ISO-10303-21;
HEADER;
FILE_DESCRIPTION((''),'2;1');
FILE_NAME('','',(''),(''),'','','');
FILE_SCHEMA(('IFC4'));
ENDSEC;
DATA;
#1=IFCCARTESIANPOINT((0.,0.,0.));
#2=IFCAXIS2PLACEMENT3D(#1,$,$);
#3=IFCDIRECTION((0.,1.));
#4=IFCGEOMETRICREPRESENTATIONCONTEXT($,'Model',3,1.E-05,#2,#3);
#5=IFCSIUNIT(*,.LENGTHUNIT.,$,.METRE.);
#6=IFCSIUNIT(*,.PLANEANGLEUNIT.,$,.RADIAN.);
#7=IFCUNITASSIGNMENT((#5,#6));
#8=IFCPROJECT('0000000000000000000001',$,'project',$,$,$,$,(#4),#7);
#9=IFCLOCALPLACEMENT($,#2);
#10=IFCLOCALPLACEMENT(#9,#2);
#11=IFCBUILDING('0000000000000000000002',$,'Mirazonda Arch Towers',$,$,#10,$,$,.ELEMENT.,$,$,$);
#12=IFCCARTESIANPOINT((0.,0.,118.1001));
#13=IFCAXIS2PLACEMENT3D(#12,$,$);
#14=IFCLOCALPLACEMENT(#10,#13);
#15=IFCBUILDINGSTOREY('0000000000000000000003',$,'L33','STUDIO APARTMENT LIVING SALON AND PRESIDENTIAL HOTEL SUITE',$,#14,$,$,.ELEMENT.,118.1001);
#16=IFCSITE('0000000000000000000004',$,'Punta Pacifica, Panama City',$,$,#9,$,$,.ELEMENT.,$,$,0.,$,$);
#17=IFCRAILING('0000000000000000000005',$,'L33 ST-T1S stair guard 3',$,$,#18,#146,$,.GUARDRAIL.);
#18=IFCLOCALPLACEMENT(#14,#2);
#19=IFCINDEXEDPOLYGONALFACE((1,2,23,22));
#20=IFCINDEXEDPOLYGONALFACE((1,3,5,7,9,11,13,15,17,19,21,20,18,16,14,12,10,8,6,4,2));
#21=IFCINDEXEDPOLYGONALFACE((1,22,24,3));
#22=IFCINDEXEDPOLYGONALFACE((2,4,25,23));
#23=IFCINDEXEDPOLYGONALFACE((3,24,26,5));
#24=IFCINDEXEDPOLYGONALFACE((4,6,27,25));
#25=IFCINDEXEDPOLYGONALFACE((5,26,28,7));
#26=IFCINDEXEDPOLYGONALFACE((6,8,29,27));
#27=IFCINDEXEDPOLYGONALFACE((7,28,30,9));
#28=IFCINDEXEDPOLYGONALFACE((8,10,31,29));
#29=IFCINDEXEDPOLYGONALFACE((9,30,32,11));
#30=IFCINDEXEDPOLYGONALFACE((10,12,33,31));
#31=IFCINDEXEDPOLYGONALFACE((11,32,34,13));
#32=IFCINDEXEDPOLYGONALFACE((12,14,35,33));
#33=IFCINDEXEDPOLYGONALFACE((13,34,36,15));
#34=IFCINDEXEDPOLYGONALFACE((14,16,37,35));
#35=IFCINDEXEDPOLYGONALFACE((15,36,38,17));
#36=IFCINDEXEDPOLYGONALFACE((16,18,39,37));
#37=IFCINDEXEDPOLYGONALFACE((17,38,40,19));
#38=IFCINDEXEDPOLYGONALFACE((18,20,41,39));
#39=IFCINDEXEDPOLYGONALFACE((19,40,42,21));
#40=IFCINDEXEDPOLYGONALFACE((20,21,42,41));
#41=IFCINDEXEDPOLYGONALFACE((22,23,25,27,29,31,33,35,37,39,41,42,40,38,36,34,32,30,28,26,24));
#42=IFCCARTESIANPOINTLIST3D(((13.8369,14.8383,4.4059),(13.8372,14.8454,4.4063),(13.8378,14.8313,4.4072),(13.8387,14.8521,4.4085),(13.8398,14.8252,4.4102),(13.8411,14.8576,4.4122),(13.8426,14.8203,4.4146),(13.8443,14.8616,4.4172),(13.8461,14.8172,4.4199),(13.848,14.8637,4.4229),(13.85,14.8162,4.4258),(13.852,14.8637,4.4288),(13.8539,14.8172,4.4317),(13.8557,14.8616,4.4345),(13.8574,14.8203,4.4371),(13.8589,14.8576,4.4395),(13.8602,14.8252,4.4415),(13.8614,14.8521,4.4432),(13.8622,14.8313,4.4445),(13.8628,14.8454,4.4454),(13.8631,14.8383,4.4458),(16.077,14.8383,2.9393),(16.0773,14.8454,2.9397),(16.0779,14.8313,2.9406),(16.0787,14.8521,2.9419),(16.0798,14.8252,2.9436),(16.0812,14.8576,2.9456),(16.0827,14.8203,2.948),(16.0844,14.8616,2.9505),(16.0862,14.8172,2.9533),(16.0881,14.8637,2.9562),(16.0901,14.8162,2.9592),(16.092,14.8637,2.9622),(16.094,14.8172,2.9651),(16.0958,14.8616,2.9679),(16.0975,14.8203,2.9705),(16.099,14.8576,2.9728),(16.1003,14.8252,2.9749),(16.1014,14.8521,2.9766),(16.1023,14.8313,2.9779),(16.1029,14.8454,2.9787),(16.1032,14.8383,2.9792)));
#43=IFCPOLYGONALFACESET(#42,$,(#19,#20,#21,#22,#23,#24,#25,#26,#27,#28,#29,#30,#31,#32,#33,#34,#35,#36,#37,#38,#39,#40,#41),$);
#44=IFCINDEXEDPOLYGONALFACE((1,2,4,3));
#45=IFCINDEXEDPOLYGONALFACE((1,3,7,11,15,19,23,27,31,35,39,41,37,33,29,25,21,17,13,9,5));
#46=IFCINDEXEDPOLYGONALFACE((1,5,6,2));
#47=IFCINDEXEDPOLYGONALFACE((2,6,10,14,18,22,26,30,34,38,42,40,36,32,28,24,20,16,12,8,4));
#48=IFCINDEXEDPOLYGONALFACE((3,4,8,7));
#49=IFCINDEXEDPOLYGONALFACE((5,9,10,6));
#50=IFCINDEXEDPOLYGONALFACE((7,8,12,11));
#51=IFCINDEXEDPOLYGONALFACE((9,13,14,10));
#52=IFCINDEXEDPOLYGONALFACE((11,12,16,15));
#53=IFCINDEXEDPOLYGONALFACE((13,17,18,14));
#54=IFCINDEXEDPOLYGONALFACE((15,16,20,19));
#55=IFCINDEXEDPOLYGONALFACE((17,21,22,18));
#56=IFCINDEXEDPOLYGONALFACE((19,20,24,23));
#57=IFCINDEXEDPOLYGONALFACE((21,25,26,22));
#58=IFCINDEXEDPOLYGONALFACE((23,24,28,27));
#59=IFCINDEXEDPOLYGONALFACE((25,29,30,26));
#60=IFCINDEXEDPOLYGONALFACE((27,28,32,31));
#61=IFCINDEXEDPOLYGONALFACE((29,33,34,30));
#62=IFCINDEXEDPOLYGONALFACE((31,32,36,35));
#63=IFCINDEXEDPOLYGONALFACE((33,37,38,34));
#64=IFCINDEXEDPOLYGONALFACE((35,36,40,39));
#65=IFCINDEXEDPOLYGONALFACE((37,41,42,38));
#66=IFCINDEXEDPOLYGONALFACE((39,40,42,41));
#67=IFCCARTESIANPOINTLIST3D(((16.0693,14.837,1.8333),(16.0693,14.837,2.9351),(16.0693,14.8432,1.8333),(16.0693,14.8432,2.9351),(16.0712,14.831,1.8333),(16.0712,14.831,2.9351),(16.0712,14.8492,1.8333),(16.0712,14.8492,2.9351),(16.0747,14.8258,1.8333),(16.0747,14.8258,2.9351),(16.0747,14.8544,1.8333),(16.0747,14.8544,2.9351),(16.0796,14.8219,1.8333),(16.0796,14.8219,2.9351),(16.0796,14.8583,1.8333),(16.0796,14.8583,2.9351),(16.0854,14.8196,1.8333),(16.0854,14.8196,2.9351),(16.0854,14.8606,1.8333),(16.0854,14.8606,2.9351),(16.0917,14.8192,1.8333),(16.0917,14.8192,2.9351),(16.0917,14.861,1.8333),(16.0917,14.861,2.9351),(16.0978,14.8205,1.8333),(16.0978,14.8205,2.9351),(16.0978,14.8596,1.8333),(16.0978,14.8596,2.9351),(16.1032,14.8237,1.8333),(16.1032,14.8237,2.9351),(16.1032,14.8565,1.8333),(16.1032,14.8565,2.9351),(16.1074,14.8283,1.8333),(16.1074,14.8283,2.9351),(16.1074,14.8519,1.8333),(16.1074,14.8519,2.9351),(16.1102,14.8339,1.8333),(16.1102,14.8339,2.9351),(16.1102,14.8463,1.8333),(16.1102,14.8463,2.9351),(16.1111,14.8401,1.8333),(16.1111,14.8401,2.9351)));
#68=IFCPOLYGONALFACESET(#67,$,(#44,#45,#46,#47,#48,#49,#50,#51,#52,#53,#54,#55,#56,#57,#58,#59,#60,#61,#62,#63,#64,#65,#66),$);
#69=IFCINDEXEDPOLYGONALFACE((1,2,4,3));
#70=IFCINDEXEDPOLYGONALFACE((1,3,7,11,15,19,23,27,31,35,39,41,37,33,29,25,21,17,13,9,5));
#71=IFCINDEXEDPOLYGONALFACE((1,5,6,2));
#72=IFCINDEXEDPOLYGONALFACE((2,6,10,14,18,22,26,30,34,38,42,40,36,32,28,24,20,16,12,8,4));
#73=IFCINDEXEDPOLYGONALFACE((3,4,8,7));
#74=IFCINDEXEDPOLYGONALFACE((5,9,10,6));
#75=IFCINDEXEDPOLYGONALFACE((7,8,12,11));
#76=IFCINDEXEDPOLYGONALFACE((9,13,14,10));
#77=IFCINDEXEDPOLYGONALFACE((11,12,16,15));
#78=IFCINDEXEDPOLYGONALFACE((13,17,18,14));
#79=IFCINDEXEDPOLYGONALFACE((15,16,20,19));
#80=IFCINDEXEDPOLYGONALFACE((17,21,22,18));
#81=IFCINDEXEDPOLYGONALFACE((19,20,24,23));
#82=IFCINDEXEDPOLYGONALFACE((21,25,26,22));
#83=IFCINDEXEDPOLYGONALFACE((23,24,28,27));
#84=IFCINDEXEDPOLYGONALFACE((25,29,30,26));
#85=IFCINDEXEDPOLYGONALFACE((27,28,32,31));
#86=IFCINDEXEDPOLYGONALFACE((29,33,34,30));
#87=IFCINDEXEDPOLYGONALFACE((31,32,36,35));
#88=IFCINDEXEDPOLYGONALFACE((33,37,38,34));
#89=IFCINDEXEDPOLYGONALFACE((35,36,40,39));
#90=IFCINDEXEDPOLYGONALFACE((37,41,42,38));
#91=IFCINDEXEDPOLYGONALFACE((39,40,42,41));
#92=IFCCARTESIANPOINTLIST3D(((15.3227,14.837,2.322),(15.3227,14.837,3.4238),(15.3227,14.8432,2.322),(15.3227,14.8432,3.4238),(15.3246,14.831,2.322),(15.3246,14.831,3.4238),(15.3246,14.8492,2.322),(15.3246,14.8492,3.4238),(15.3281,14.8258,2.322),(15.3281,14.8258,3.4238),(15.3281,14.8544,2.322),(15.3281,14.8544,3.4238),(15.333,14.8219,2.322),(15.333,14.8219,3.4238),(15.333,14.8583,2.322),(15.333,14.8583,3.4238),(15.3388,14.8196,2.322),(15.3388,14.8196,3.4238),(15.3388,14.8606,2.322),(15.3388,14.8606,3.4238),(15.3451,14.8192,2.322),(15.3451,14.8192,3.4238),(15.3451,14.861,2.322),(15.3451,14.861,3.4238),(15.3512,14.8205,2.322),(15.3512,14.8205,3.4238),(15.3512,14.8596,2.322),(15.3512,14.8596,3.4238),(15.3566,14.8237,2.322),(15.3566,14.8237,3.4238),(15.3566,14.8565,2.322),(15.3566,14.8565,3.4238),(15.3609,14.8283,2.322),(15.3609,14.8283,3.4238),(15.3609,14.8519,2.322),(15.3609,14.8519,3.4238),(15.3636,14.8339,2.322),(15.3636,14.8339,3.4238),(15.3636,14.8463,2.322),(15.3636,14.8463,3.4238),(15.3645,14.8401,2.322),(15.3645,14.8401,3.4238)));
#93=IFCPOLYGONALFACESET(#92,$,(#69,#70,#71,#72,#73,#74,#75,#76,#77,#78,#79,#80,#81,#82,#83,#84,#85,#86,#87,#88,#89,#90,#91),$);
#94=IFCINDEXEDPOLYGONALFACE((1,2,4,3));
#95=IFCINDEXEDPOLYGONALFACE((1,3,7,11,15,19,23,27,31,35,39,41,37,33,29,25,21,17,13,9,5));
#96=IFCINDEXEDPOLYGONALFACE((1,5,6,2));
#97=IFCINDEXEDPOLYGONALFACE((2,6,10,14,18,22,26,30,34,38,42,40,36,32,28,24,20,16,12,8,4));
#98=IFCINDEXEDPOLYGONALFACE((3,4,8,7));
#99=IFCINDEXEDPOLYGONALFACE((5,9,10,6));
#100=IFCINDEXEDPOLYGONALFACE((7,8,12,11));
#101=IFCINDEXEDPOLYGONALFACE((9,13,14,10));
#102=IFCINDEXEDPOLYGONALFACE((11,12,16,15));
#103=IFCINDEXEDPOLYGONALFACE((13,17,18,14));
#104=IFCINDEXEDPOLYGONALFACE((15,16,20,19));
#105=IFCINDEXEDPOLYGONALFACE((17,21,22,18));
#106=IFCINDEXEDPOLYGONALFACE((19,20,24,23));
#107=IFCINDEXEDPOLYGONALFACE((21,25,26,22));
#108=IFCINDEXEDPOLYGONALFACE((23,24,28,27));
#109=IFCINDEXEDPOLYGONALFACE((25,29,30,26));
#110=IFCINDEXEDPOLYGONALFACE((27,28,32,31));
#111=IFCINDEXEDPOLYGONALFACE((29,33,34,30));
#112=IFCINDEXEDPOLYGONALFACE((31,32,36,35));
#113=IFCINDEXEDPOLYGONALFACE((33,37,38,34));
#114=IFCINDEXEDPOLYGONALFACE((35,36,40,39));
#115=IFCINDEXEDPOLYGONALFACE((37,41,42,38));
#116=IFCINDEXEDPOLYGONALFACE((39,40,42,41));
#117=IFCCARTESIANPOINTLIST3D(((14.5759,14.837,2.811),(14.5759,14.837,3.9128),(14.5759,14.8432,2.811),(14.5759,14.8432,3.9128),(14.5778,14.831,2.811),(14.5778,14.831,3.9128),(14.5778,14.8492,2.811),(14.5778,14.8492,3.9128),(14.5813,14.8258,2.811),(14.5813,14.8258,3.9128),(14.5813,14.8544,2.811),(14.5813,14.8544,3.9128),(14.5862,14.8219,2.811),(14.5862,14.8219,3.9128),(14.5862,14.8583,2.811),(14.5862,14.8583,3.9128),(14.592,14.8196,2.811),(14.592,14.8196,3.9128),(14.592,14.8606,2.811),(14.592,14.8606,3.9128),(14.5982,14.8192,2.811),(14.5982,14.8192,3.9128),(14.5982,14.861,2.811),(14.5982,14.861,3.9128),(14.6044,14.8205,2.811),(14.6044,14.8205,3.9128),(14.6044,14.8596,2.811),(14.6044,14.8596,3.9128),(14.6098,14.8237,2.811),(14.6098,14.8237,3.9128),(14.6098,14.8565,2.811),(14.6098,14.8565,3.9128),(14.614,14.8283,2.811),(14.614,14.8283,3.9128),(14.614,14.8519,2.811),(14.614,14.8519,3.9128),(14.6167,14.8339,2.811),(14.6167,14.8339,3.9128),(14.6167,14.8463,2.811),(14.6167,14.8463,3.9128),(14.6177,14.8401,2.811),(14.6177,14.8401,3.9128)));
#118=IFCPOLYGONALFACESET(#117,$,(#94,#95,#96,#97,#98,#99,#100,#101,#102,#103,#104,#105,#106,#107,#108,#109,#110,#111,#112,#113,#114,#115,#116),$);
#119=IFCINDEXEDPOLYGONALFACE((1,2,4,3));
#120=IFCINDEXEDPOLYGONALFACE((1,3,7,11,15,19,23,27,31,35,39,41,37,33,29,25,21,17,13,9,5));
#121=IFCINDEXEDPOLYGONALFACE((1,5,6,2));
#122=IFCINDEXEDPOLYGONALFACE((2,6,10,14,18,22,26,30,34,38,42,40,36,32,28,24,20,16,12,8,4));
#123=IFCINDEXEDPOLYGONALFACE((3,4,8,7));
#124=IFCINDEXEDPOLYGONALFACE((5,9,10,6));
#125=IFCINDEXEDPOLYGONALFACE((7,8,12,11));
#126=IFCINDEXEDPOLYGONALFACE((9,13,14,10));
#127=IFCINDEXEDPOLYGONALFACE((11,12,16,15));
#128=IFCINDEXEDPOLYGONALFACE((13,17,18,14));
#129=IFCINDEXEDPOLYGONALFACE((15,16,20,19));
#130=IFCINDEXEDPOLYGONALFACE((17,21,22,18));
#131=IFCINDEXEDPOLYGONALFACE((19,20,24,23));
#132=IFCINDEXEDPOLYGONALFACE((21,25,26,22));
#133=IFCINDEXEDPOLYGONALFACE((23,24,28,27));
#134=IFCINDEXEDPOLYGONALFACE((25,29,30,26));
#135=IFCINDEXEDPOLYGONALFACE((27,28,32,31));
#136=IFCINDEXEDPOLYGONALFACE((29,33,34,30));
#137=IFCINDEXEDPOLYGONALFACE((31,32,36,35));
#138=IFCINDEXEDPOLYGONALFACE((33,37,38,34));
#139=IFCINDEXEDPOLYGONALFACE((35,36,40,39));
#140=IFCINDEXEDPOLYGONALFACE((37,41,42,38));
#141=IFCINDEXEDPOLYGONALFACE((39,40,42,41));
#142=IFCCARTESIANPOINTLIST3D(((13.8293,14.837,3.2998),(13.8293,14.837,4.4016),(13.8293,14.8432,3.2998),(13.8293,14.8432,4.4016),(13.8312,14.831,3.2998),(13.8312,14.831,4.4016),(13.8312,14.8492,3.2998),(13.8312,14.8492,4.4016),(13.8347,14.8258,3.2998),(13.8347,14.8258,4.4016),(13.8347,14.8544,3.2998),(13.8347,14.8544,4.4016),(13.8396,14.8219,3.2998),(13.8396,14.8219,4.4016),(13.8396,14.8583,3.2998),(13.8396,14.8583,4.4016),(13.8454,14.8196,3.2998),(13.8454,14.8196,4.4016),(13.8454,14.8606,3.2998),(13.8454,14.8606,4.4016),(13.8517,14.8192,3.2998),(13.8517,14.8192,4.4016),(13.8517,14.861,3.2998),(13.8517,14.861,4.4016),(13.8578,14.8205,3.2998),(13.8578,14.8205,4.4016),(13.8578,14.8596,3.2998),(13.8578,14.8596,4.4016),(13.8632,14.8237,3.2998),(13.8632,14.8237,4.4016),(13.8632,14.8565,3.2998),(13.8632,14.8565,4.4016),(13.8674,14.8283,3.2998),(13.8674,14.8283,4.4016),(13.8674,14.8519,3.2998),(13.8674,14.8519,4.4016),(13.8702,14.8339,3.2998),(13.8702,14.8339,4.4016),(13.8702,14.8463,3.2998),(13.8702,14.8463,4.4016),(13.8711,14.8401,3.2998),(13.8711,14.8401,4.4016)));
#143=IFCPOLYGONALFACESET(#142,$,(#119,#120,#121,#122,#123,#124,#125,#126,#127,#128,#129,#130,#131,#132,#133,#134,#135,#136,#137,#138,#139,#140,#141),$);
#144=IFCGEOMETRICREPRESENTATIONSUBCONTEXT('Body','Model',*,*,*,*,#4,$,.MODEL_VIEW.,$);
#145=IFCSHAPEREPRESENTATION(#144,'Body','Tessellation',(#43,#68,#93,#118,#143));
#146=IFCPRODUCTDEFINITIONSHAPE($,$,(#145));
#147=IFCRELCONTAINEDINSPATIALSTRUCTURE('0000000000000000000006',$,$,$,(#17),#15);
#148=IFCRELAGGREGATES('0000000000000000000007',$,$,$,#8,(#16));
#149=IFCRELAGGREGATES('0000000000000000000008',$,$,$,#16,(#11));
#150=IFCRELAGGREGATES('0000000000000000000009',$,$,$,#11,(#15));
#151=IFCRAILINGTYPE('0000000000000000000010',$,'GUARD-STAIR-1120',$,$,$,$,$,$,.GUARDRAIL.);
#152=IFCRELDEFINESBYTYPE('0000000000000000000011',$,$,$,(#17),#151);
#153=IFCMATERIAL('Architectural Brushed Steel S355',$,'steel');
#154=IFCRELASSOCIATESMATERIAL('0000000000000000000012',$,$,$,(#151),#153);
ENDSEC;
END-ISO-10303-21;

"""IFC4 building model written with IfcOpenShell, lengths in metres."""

from ifc_helpers import new_model, si_unit, direction, frame, origin, origin_2d, place, context, subcontext, project, spatial, circle, extrude, material, type_object, element, save


model = new_model("IFC4")

# Units and contexts
model_context = context("Model", 3, precision=1e-05, world=origin(), true_north=direction((0.0, 1.0)))
body_context = subcontext(model_context, "Body", "Model", "MODEL_VIEW")
ifc_project = project(units=[si_unit("LENGTHUNIT", "METRE"), si_unit("PLANEANGLEUNIT", "RADIAN")], contexts=[model_context])

# Site, building, storey
site_placement = place(None, origin())
site = spatial("IfcSite", under=ifc_project, at=site_placement, Name="Punta Pacifica, Panama City", CompositionType="ELEMENT", RefElevation=0.0)
building_placement = place(site_placement, origin())
building = spatial("IfcBuilding", under=site, at=building_placement, Name="Mirazonda Arch Towers", CompositionType="ELEMENT")
storey_placement = place(building_placement, frame((0.0, 0.0, 118.1001)))
storey = spatial("IfcBuildingStorey", under=building, at=storey_placement, Name="L33", Description="STUDIO APARTMENT LIVING SALON AND PRESIDENTIAL HOTEL SUITE", CompositionType="ELEMENT", Elevation=118.1001)

# Shared definitions
ifc_material_1 = material(Name="Architectural Brushed Steel S355", Category="steel")

# Railing
railing_type_1 = type_object("IfcRailingType", Name="GUARD-STAIR-1120", PredefinedType="GUARDRAIL", material=ifc_material_1)
railing_1_placement = place(storey_placement, frame((16.0901, 14.8401, 1.8333)))
element("IfcRailing", 1, at=railing_1_placement, inside=storey, type_object=railing_type_1, Name="L33 ST-T1S stair guard 3", PredefinedType="GUARDRAIL", context=body_context, shape_type="SweptSolid", body=[
    extrude(circle(Radius=0.0239, at=origin_2d()), frame((0.0, 0.0, 1.126), z_axis=(-0.836637, 0.0, 0.547758), x_axis=(0.0, -1.0, 0.0)), (0.0, 0.0, 1.0), 2.6775),
    extrude(circle(Radius=0.021, at=origin_2d()), origin(), (0.0, 0.0, 1.0), 1.1018),
    extrude(circle(Radius=0.021, at=origin_2d()), frame((-0.7466, 0.0, 0.4888)), (0.0, 0.0, 1.0), 1.1018),
    extrude(circle(Radius=0.021, at=origin_2d()), frame((-1.4934, 0.0, 0.9778)), (0.0, 0.0, 1.0), 1.1018),
    extrude(circle(Radius=0.021, at=origin_2d()), frame((-2.24, 0.0, 1.4666)), (0.0, 0.0, 1.0), 1.1018),
])

save(model, "model.ifc")
